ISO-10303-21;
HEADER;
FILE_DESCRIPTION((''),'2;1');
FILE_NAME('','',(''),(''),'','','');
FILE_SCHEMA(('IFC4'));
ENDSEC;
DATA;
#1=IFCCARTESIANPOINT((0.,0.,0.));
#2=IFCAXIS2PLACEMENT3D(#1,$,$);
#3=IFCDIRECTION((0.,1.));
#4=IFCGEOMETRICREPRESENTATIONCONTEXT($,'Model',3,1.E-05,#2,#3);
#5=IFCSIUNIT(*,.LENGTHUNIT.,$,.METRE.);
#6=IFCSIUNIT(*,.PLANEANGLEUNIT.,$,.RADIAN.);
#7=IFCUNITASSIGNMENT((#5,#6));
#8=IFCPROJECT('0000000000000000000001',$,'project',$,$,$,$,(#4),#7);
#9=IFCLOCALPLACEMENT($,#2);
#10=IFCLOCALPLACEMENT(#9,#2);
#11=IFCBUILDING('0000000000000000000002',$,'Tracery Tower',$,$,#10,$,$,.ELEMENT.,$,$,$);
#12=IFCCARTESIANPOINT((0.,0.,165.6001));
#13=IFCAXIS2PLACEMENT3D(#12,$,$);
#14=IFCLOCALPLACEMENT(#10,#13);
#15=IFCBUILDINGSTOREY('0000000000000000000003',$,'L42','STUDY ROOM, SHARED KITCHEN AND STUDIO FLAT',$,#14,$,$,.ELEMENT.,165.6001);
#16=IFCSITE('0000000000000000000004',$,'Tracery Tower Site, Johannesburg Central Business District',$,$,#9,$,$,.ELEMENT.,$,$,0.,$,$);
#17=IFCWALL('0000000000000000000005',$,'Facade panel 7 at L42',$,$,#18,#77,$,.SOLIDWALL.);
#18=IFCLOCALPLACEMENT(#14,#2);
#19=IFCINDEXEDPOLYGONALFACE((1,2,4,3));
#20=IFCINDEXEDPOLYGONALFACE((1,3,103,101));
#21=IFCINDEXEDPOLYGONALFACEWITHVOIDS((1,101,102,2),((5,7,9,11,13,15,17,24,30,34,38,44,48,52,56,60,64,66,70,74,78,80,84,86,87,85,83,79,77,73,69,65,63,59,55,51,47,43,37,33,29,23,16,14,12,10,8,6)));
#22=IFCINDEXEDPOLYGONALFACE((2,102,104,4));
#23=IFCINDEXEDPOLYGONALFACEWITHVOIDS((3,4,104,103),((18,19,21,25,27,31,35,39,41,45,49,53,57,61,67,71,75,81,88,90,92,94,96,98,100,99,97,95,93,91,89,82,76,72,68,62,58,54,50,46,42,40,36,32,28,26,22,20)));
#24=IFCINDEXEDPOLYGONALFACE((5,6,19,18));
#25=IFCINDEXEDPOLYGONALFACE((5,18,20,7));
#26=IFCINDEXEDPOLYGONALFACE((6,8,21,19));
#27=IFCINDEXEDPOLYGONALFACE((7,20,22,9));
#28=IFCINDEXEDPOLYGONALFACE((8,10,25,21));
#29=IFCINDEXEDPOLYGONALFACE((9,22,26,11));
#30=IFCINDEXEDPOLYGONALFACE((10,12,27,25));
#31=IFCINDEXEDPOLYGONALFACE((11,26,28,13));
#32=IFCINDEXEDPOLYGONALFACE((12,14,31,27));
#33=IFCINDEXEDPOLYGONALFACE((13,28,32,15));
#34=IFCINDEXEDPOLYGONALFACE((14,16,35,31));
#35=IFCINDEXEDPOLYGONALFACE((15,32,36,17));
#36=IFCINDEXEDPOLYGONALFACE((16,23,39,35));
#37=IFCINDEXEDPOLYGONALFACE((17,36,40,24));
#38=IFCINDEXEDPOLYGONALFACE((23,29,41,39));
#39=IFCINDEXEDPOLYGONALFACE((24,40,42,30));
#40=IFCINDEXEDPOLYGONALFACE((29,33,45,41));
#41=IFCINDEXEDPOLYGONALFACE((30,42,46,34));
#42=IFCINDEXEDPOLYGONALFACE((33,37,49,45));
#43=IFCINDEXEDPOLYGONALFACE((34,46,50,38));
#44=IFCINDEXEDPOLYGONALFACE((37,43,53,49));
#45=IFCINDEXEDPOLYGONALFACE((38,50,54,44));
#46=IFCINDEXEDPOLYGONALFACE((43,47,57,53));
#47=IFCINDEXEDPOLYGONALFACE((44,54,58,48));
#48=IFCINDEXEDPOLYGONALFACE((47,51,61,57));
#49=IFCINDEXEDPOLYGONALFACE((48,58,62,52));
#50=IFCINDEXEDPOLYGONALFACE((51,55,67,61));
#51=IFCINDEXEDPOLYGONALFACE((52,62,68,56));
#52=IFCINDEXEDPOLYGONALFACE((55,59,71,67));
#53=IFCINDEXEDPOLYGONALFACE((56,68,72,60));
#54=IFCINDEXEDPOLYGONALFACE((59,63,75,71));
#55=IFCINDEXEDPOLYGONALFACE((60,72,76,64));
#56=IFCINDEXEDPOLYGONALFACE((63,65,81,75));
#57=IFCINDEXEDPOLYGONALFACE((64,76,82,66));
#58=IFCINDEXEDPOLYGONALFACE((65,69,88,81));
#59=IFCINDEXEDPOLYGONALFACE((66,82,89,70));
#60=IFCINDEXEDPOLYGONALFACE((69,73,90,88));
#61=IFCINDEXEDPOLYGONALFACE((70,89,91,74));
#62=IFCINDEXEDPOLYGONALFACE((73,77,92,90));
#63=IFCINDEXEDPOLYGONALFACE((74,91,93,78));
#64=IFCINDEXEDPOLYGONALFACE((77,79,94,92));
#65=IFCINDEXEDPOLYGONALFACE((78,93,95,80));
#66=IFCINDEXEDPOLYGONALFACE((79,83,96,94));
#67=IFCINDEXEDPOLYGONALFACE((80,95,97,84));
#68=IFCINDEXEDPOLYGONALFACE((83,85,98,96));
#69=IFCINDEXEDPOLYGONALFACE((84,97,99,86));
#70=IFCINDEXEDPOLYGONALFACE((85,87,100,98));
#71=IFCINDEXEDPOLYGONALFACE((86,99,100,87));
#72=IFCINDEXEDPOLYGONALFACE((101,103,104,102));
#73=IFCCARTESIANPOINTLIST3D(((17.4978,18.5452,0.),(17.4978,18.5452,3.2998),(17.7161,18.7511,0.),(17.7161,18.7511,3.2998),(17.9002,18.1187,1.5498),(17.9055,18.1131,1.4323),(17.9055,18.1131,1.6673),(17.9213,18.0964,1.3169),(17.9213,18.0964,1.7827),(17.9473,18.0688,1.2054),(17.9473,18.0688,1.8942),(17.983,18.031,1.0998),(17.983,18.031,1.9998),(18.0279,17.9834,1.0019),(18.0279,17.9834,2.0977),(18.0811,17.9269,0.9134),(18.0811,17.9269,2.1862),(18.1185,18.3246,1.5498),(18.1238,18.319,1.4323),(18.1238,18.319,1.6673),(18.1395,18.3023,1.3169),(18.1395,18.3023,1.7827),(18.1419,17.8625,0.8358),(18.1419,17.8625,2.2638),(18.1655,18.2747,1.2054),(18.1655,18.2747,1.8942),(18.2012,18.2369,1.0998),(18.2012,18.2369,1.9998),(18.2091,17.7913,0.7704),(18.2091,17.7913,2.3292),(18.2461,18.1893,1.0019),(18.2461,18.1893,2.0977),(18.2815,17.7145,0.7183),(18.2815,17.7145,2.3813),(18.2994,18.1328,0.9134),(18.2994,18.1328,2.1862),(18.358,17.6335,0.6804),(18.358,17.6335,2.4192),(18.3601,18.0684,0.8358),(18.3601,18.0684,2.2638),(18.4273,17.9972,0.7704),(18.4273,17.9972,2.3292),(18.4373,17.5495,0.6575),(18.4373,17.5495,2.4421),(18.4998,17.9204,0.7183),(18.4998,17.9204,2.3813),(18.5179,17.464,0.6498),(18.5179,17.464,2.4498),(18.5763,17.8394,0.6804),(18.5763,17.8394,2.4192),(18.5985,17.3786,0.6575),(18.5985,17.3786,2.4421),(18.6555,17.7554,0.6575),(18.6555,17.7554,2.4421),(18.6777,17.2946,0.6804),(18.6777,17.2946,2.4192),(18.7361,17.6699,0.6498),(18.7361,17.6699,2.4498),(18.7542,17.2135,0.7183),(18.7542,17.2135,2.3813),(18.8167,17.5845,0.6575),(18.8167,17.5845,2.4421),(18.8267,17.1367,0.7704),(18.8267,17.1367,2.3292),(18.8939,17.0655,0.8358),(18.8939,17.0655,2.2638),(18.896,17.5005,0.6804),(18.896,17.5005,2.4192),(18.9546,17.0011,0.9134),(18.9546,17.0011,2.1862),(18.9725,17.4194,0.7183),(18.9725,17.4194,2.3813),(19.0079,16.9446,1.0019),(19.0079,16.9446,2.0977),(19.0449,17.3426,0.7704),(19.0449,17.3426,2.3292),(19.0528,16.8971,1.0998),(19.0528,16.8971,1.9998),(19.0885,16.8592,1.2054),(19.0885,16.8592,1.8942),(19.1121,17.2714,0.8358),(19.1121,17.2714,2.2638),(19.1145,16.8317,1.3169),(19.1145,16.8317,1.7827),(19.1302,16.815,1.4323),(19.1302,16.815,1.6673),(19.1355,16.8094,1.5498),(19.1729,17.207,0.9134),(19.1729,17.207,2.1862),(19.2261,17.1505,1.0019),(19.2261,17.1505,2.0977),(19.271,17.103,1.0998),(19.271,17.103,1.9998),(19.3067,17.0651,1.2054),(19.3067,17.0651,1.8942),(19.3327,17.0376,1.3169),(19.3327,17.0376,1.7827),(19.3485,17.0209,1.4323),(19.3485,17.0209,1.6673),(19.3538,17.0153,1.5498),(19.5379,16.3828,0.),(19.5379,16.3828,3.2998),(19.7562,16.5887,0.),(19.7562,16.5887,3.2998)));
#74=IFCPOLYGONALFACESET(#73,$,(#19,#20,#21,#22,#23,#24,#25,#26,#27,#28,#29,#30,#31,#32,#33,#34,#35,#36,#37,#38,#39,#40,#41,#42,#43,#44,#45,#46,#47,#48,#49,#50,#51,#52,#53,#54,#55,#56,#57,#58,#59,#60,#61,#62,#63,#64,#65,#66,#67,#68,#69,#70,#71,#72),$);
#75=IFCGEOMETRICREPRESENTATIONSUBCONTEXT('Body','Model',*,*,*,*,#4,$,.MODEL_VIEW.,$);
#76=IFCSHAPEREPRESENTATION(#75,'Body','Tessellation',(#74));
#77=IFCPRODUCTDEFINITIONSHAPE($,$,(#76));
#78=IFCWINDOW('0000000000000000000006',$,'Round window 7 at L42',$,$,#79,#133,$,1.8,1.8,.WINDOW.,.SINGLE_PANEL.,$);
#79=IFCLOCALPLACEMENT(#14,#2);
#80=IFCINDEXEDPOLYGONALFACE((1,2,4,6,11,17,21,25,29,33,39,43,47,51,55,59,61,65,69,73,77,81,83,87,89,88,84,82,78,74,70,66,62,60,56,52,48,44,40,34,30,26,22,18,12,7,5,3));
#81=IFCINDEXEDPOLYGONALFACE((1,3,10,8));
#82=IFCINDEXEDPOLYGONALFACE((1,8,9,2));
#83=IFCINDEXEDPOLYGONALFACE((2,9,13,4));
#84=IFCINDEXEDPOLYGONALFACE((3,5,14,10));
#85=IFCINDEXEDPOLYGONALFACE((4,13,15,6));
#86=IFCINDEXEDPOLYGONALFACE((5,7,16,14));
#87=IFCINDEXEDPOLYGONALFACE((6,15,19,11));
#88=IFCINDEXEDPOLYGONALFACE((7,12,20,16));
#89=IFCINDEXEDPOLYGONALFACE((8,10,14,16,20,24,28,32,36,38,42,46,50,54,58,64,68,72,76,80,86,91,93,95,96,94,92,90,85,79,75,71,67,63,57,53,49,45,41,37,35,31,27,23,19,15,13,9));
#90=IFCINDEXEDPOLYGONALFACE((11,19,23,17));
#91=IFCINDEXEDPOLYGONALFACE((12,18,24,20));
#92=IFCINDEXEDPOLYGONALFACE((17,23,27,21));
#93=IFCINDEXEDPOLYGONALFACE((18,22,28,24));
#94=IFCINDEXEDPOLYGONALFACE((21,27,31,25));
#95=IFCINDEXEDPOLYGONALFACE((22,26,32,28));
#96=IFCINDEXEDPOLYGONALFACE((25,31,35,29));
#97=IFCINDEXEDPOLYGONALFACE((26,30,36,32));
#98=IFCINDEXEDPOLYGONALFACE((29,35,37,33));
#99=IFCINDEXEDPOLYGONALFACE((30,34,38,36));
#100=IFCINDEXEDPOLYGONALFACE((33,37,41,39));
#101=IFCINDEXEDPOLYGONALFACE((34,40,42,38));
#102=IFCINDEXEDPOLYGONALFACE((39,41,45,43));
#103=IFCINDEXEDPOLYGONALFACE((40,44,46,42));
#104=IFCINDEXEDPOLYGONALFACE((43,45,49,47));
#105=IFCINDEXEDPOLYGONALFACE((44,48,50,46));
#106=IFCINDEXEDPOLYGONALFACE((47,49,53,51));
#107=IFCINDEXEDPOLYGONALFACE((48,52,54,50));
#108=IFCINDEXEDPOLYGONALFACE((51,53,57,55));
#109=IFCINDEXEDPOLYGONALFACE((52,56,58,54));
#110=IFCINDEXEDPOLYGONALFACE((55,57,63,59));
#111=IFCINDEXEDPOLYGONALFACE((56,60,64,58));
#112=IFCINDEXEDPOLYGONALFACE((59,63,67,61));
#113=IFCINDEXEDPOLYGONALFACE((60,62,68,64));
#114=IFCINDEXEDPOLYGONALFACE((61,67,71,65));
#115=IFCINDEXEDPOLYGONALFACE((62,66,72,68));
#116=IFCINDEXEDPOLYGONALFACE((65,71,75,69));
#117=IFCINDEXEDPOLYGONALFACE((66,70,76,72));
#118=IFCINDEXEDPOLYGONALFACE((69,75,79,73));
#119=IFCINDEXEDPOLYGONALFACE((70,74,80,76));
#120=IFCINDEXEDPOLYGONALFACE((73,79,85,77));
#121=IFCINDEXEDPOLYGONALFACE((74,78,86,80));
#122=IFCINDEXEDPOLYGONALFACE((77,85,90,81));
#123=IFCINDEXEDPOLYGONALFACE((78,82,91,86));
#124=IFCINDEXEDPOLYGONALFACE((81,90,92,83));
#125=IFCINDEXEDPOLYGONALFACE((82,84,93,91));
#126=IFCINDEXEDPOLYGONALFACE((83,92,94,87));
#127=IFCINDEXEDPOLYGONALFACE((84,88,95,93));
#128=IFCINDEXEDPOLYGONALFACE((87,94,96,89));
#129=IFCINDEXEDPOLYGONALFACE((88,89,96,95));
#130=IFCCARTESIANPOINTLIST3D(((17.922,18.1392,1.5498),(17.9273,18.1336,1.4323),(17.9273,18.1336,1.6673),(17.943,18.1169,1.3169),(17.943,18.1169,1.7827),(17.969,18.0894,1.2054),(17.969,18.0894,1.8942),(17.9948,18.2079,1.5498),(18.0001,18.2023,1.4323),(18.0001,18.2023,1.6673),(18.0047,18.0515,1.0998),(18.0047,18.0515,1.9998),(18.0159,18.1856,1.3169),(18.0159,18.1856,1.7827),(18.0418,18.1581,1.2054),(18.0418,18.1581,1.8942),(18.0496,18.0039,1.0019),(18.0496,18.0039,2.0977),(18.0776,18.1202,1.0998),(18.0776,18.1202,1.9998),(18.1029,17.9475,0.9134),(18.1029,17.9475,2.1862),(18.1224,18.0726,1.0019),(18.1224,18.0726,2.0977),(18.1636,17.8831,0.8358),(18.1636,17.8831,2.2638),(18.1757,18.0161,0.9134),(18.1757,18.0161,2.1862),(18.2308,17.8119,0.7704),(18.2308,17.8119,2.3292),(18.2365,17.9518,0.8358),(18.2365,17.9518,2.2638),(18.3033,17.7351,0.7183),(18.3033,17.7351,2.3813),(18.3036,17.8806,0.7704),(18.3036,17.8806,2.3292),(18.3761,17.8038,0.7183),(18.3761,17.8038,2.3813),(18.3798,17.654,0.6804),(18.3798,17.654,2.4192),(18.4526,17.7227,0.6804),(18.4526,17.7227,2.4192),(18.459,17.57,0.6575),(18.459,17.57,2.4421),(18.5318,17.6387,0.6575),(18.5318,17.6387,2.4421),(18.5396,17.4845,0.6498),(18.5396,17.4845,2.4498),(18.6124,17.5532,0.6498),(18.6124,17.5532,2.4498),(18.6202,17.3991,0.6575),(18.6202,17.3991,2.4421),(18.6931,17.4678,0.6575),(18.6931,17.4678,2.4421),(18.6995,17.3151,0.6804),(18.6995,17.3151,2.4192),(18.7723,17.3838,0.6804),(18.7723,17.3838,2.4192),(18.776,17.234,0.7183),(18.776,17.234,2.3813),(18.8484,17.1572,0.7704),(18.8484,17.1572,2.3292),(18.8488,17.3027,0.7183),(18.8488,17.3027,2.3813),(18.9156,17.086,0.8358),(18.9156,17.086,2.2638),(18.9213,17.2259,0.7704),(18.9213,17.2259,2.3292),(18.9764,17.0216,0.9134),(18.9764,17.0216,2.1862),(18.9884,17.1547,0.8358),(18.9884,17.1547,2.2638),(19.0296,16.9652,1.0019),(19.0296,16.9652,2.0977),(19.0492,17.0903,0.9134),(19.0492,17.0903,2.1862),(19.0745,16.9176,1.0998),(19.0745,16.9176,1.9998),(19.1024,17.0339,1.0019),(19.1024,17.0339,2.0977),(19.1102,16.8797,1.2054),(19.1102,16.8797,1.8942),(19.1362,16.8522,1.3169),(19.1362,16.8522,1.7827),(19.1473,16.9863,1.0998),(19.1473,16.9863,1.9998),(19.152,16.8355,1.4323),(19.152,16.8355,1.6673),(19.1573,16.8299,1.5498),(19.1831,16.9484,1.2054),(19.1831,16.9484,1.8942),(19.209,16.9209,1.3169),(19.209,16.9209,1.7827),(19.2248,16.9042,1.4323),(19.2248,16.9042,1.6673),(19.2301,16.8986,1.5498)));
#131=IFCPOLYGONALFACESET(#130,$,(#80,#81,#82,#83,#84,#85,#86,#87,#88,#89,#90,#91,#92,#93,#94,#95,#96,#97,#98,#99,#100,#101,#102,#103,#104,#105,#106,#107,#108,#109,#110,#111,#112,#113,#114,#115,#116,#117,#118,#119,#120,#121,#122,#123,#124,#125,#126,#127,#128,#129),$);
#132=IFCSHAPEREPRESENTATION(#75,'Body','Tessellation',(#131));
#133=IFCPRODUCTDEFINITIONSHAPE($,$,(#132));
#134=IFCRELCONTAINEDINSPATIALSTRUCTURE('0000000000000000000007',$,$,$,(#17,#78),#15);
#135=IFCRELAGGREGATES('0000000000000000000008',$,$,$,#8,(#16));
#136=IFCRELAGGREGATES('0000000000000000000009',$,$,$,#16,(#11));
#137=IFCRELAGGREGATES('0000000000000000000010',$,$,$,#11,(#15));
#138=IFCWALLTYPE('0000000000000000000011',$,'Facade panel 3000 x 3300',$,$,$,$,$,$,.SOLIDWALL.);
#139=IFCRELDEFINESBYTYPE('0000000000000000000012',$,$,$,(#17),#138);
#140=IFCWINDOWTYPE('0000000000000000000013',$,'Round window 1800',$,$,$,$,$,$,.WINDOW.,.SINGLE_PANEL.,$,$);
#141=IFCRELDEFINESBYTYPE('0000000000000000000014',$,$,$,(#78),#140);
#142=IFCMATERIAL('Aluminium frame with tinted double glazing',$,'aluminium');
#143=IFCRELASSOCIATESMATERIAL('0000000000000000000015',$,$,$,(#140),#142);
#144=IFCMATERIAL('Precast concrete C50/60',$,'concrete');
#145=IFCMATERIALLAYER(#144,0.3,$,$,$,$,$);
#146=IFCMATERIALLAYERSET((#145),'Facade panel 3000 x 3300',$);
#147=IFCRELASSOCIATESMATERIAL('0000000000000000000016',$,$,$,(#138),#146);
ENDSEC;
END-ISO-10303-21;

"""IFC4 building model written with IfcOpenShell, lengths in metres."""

from ifc_helpers import new_model, si_unit, direction, frame, frame_2d, origin, origin_2d, place, context, subcontext, project, spatial, rectangle, circle, extrude, material, layer, layer_set, type_object, element, fill, save


model = new_model("IFC4")

# Units and contexts
model_context = context("Model", 3, precision=1e-05, world=origin(), true_north=direction((0.0, 1.0)))
body_context = subcontext(model_context, "Body", "Model", "MODEL_VIEW")
ifc_project = project(units=[si_unit("LENGTHUNIT", "METRE"), si_unit("PLANEANGLEUNIT", "RADIAN")], contexts=[model_context])

# Site, building, storey
site_placement = place(None, origin())
site = spatial("IfcSite", under=ifc_project, at=site_placement, Name="Tracery Tower Site, Johannesburg Central Business District", CompositionType="ELEMENT", RefElevation=0.0)
building_placement = place(site_placement, origin())
building = spatial("IfcBuilding", under=site, at=building_placement, Name="Tracery Tower", CompositionType="ELEMENT")
storey_placement = place(building_placement, frame((0.0, 0.0, 165.6001)))
storey = spatial("IfcBuildingStorey", under=building, at=storey_placement, Name="L42", Description="STUDY ROOM, SHARED KITCHEN AND STUDIO FLAT", CompositionType="ELEMENT", Elevation=165.6001)

# Wall, opening, window
ifc_material_1 = material(Name="Aluminium frame with tinted double glazing", Category="aluminium")
window_type = type_object("IfcWindowType", Name="Round window 1800", PartitioningType="SINGLE_PANEL", PredefinedType="WINDOW", material=ifc_material_1)
ifc_material_2 = material(Name="Precast concrete C50/60", Category="concrete")
ifc_layer_1 = layer(ifc_material_2, 0.3)
ifc_layer_set_1 = layer_set([ifc_layer_1], Name="Facade panel 3000 x 3300")
wall_type_1 = type_object("IfcWallType", Name="Facade panel 3000 x 3300", PredefinedType="SOLIDWALL", material=ifc_layer_set_1)
wall_1_placement = place(storey_placement, frame((19.647, 16.4858, 0.0), z_axis=(0.0, 0.0, 1.0), x_axis=(-0.686235, 0.72738, 0.0)))
wall_1 = element("IfcWall", 1, at=wall_1_placement, inside=storey, type_object=wall_type_1, Name="Facade panel 7 at L42", PredefinedType="SOLIDWALL", context=body_context, shape_type="SweptSolid", body=[
    extrude(rectangle(XDim=2.9729, YDim=0.3, at=frame_2d((1.4863, 0.0))), origin(), (0.0, 0.0, 1.0), 3.2998),
])
opening_1_placement = place(wall_1_placement, frame((1.4863, 0.0, 1.5498)))
opening_1 = element("IfcOpeningElement", 2, at=opening_1_placement, cuts=wall_1, PredefinedType="OPENING", context=body_context, shape_type="SweptSolid", body=[
    extrude(circle(Radius=0.9, at=origin_2d()), frame((0.0, 0.1599, 0.0), z_axis=(0.0, -1.0, 0.0), x_axis=(1.0, 0.0, 0.0)), (0.0, 0.0, 1.0), 0.3201),
])
window_1_placement = place(opening_1_placement, origin())
window_1 = element("IfcWindow", 3, at=window_1_placement, inside=storey, type_object=window_type, Name="Round window 7 at L42", OverallHeight=1.8, OverallWidth=1.8, PartitioningType="SINGLE_PANEL", PredefinedType="WINDOW", context=body_context, shape_type="SweptSolid", body=[
    extrude(circle(Radius=0.9, at=origin_2d()), frame((0.0, 0.1201, 0.0), z_axis=(0.0, -1.0, 0.0), x_axis=(1.0, 0.0, 0.0)), (0.0, 0.0, 1.0), 0.1001),
])
fill(opening_1, window_1)

save(model, "model.ifc")
